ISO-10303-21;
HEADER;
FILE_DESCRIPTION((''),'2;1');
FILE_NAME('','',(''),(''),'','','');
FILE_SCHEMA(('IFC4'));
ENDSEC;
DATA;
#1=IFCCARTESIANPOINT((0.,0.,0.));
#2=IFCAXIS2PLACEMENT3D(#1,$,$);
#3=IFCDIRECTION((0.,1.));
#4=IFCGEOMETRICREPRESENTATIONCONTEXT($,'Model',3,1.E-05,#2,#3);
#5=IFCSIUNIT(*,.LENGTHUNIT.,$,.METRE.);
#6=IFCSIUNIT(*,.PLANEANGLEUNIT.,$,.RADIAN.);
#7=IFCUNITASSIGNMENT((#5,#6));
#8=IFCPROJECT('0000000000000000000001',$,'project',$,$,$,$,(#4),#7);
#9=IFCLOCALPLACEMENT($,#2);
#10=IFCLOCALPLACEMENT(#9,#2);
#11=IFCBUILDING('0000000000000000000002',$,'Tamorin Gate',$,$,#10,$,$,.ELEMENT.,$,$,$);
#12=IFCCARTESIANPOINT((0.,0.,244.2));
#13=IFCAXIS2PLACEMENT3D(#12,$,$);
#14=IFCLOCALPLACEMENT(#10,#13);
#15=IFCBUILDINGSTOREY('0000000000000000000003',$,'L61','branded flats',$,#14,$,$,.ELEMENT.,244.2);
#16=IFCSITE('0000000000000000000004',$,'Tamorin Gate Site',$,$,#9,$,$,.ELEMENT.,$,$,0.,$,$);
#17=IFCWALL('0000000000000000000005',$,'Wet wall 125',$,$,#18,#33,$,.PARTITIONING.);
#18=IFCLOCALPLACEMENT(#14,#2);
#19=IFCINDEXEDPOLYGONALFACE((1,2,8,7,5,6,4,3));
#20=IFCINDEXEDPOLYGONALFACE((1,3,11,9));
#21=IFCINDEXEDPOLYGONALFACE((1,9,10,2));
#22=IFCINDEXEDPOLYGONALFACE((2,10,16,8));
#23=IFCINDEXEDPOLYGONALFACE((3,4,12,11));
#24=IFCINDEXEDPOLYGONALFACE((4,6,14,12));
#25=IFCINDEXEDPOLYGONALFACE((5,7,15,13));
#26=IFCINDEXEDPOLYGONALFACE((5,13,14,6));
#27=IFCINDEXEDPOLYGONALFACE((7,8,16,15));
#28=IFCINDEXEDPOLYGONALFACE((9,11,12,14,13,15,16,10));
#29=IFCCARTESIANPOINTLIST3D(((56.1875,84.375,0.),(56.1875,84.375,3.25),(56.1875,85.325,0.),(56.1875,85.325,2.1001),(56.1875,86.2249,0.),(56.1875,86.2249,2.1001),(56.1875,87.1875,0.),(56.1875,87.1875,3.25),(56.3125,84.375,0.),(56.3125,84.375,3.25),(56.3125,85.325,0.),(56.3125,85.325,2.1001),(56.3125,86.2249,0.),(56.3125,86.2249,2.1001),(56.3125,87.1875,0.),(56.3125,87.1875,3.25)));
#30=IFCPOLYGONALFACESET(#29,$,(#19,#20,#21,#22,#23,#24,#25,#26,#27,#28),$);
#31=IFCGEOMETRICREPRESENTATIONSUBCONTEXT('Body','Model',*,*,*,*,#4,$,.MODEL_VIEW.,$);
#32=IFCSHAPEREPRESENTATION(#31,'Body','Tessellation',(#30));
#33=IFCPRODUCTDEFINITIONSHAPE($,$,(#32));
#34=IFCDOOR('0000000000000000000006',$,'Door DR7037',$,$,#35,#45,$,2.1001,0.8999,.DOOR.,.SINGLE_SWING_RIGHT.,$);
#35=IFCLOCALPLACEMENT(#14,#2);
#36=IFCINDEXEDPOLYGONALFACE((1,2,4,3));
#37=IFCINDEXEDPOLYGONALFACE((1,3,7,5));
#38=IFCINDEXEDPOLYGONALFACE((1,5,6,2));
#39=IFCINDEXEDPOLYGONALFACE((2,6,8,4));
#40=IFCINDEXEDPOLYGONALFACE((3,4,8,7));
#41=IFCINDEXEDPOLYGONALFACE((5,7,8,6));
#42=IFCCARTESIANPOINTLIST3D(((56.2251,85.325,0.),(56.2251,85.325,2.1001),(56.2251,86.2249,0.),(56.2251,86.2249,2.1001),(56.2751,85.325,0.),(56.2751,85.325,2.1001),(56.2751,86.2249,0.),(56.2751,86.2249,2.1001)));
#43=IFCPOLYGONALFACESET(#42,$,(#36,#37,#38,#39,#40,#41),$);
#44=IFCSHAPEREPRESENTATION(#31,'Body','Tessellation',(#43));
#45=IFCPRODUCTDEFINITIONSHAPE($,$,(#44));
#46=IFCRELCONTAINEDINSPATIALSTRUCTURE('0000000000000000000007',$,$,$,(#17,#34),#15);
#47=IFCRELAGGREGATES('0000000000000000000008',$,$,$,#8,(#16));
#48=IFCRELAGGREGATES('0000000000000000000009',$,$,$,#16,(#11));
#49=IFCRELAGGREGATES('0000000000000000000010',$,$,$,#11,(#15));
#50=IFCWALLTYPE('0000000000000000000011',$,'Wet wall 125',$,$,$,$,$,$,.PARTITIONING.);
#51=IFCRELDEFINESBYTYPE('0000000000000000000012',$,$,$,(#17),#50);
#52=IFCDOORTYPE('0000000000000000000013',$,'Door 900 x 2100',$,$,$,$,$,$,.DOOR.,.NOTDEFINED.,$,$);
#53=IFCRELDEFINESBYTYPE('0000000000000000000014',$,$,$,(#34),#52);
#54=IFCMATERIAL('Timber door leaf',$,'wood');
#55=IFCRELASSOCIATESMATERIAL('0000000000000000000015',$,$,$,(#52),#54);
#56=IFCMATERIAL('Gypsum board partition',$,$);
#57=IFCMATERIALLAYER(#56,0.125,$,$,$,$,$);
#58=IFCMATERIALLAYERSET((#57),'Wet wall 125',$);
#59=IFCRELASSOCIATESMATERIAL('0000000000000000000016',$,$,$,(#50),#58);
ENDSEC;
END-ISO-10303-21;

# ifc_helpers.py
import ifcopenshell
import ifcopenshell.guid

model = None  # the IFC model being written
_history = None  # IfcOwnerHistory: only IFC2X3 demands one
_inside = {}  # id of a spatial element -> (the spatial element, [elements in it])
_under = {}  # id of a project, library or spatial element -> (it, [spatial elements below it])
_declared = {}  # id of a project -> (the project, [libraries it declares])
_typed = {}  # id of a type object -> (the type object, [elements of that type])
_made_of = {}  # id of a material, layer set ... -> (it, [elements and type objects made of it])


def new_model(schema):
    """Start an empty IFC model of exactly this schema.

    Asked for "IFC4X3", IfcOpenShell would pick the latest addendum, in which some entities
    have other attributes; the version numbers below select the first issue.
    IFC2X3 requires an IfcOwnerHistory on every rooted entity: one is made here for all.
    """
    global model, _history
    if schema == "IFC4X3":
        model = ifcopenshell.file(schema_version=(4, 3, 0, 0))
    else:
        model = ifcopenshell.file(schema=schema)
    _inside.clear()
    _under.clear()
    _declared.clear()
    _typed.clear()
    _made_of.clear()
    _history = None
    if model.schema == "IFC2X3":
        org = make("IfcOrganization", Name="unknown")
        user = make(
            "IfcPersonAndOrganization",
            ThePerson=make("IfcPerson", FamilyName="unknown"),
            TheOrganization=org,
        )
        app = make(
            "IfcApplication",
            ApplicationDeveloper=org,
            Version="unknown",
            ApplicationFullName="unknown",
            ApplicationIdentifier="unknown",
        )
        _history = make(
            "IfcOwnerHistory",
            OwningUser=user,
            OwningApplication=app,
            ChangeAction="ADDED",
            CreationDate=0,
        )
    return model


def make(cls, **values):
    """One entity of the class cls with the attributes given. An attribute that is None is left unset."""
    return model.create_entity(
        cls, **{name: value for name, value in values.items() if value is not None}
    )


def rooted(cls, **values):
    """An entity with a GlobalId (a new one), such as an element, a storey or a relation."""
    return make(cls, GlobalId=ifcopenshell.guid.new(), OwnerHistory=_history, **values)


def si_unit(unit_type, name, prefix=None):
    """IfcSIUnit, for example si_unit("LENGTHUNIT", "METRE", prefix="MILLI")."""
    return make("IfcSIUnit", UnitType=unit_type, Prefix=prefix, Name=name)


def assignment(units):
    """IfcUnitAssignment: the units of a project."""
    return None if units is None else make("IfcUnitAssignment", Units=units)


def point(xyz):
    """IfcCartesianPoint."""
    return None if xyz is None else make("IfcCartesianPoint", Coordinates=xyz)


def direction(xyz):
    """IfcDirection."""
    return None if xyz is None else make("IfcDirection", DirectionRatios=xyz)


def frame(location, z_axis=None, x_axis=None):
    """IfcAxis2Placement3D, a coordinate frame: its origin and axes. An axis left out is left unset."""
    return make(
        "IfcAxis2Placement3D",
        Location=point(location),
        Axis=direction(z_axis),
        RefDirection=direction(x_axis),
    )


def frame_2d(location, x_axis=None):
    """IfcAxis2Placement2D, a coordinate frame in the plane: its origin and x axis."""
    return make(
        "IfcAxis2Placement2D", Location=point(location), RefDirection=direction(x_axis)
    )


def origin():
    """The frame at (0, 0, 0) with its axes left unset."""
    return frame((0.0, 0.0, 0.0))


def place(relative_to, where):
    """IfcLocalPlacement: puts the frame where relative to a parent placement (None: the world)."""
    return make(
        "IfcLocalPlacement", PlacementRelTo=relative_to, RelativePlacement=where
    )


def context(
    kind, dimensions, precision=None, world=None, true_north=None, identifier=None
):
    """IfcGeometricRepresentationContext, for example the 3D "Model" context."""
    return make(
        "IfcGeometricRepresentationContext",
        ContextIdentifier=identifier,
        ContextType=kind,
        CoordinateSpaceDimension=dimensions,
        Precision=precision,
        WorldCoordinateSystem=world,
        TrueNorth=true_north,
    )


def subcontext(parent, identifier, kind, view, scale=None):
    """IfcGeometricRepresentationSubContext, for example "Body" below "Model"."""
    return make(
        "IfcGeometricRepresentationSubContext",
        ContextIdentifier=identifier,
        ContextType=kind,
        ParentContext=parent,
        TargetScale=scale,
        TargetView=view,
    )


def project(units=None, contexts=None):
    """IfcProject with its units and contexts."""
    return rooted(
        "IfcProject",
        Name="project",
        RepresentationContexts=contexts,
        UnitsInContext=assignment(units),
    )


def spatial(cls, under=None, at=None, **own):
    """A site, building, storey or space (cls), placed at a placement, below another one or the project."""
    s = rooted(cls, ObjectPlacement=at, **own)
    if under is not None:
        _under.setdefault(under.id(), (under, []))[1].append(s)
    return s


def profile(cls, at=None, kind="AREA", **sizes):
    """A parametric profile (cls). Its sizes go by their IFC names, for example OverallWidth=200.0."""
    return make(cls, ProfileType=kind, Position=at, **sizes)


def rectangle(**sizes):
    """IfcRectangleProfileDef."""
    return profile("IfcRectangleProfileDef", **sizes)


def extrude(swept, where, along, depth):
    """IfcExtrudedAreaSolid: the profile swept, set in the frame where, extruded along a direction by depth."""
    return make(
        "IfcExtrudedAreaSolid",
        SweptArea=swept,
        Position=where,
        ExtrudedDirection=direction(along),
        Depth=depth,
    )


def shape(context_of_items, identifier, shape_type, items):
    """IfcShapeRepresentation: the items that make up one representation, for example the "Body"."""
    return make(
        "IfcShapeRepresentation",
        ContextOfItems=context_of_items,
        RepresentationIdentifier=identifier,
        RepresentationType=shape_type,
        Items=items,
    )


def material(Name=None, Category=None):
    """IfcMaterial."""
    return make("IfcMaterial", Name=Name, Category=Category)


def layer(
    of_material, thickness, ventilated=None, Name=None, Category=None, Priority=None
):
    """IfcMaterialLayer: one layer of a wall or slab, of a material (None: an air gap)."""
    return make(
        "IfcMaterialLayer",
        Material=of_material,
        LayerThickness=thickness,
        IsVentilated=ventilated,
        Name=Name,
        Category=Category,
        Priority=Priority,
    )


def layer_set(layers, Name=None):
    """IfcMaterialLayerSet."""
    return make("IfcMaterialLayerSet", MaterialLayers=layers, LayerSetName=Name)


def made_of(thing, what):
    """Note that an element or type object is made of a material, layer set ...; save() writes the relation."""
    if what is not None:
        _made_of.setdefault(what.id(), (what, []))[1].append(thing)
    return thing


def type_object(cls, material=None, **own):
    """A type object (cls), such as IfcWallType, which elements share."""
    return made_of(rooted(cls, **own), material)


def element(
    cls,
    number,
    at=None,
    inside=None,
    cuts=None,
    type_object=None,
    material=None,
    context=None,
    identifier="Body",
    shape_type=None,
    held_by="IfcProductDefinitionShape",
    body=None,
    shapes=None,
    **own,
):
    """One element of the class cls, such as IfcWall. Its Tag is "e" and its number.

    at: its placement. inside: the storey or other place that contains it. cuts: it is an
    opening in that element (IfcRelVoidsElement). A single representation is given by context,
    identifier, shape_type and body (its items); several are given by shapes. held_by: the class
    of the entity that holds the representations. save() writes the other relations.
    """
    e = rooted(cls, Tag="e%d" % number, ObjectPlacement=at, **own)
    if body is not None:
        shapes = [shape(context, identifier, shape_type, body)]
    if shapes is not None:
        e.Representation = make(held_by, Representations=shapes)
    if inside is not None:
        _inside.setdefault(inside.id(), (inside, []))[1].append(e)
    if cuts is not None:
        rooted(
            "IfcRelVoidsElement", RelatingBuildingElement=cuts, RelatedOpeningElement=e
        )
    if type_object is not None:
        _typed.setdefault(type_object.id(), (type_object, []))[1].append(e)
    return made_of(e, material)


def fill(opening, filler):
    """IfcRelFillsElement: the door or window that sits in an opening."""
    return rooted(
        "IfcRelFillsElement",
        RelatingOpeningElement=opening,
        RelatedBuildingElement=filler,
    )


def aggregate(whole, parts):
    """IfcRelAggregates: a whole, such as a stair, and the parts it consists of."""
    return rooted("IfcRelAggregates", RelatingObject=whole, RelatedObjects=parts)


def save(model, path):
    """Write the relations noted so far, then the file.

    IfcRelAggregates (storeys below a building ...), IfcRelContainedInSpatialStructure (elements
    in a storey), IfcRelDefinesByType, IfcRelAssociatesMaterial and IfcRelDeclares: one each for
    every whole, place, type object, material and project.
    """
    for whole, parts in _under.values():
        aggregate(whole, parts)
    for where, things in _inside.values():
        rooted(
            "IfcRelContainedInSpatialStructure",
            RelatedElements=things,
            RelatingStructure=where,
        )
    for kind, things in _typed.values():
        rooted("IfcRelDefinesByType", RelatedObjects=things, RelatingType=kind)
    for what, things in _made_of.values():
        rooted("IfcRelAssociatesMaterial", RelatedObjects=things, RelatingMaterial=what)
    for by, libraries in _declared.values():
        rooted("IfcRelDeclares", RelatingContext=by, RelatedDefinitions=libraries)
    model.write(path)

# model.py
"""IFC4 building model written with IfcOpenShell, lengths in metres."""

from ifc_helpers import new_model, si_unit, direction, frame, frame_2d, origin, place, context, subcontext, project, spatial, rectangle, extrude, material, layer, layer_set, type_object, element, fill, save


model = new_model("IFC4")

# Units and contexts
model_context = context("Model", 3, precision=1e-05, world=origin(), true_north=direction((0.0, 1.0)))
body_context = subcontext(model_context, "Body", "Model", "MODEL_VIEW")
ifc_project = project(units=[si_unit("LENGTHUNIT", "METRE"), si_unit("PLANEANGLEUNIT", "RADIAN")], contexts=[model_context])

# Site, building, storey
site_placement = place(None, origin())
site = spatial("IfcSite", under=ifc_project, at=site_placement, Name="Tamorin Gate Site", CompositionType="ELEMENT", RefElevation=0.0)
building_placement = place(site_placement, origin())
building = spatial("IfcBuilding", under=site, at=building_placement, Name="Tamorin Gate", CompositionType="ELEMENT")
storey_placement = place(building_placement, frame((0.0, 0.0, 244.2)))
storey = spatial("IfcBuildingStorey", under=building, at=storey_placement, Name="L61", Description="branded flats", CompositionType="ELEMENT", Elevation=244.2)

# Shared definitions
ifc_material_1 = material(Name="Gypsum board partition")

# Shared definitions
ifc_material_2 = material(Name="Timber door leaf", Category="wood")
door_type = type_object("IfcDoorType", Name="Door 900 x 2100", OperationType="NOTDEFINED", PredefinedType="DOOR", material=ifc_material_2)

# Shared definitions
ifc_layer_1 = layer(ifc_material_1, 0.125)
ifc_layer_set_1 = layer_set([ifc_layer_1], Name="Wet wall 125")
wall_type_1 = type_object("IfcWallType", Name="Wet wall 125", PredefinedType="PARTITIONING", material=ifc_layer_set_1)

# Wall, opening, door
wall_1_placement = place(storey_placement, frame((56.25, 84.375, 0.0), z_axis=(0.0, 0.0, 1.0), x_axis=(0.0, 1.0, 0.0)))
wall_1 = element("IfcWall", 1, at=wall_1_placement, inside=storey, type_object=wall_type_1, Name="Wet wall 125", PredefinedType="PARTITIONING", context=body_context, shape_type="SweptSolid", body=[
    extrude(rectangle(XDim=2.8125, YDim=0.125, at=frame_2d((1.4062, 0.0))), origin(), (0.0, 0.0, 1.0), 3.25),
])
opening_1_placement = place(wall_1_placement, frame((0.95, 0.0, 0.0)))
opening_1 = element("IfcOpeningElement", 2, at=opening_1_placement, cuts=wall_1, PredefinedType="OPENING", context=body_context, shape_type="SweptSolid", body=[
    extrude(rectangle(XDim=0.8999, YDim=2.1001, at=frame_2d((0.45, 1.05))), frame((0.0, 0.0725, 0.0), z_axis=(0.0, -1.0, 0.0), x_axis=(1.0, 0.0, 0.0)), (0.0, 0.0, 1.0), 0.145),
])
door_1_placement = place(opening_1_placement, origin())
door_1 = element("IfcDoor", 3, at=door_1_placement, inside=storey, type_object=door_type, Name="Door DR7037", OperationType="SINGLE_SWING_RIGHT", OverallHeight=2.1001, OverallWidth=0.8999, PredefinedType="DOOR", context=body_context, shape_type="SweptSolid", body=[
    extrude(rectangle(XDim=0.8999, YDim=2.1001, at=frame_2d((0.45, 1.05))), frame((0.0, 0.0249, 0.0), z_axis=(0.0, -1.0, 0.0), x_axis=(1.0, 0.0, 0.0)), (0.0, 0.0, 1.0), 0.05),
])
fill(opening_1, door_1)

save(model, "model.ifc")
